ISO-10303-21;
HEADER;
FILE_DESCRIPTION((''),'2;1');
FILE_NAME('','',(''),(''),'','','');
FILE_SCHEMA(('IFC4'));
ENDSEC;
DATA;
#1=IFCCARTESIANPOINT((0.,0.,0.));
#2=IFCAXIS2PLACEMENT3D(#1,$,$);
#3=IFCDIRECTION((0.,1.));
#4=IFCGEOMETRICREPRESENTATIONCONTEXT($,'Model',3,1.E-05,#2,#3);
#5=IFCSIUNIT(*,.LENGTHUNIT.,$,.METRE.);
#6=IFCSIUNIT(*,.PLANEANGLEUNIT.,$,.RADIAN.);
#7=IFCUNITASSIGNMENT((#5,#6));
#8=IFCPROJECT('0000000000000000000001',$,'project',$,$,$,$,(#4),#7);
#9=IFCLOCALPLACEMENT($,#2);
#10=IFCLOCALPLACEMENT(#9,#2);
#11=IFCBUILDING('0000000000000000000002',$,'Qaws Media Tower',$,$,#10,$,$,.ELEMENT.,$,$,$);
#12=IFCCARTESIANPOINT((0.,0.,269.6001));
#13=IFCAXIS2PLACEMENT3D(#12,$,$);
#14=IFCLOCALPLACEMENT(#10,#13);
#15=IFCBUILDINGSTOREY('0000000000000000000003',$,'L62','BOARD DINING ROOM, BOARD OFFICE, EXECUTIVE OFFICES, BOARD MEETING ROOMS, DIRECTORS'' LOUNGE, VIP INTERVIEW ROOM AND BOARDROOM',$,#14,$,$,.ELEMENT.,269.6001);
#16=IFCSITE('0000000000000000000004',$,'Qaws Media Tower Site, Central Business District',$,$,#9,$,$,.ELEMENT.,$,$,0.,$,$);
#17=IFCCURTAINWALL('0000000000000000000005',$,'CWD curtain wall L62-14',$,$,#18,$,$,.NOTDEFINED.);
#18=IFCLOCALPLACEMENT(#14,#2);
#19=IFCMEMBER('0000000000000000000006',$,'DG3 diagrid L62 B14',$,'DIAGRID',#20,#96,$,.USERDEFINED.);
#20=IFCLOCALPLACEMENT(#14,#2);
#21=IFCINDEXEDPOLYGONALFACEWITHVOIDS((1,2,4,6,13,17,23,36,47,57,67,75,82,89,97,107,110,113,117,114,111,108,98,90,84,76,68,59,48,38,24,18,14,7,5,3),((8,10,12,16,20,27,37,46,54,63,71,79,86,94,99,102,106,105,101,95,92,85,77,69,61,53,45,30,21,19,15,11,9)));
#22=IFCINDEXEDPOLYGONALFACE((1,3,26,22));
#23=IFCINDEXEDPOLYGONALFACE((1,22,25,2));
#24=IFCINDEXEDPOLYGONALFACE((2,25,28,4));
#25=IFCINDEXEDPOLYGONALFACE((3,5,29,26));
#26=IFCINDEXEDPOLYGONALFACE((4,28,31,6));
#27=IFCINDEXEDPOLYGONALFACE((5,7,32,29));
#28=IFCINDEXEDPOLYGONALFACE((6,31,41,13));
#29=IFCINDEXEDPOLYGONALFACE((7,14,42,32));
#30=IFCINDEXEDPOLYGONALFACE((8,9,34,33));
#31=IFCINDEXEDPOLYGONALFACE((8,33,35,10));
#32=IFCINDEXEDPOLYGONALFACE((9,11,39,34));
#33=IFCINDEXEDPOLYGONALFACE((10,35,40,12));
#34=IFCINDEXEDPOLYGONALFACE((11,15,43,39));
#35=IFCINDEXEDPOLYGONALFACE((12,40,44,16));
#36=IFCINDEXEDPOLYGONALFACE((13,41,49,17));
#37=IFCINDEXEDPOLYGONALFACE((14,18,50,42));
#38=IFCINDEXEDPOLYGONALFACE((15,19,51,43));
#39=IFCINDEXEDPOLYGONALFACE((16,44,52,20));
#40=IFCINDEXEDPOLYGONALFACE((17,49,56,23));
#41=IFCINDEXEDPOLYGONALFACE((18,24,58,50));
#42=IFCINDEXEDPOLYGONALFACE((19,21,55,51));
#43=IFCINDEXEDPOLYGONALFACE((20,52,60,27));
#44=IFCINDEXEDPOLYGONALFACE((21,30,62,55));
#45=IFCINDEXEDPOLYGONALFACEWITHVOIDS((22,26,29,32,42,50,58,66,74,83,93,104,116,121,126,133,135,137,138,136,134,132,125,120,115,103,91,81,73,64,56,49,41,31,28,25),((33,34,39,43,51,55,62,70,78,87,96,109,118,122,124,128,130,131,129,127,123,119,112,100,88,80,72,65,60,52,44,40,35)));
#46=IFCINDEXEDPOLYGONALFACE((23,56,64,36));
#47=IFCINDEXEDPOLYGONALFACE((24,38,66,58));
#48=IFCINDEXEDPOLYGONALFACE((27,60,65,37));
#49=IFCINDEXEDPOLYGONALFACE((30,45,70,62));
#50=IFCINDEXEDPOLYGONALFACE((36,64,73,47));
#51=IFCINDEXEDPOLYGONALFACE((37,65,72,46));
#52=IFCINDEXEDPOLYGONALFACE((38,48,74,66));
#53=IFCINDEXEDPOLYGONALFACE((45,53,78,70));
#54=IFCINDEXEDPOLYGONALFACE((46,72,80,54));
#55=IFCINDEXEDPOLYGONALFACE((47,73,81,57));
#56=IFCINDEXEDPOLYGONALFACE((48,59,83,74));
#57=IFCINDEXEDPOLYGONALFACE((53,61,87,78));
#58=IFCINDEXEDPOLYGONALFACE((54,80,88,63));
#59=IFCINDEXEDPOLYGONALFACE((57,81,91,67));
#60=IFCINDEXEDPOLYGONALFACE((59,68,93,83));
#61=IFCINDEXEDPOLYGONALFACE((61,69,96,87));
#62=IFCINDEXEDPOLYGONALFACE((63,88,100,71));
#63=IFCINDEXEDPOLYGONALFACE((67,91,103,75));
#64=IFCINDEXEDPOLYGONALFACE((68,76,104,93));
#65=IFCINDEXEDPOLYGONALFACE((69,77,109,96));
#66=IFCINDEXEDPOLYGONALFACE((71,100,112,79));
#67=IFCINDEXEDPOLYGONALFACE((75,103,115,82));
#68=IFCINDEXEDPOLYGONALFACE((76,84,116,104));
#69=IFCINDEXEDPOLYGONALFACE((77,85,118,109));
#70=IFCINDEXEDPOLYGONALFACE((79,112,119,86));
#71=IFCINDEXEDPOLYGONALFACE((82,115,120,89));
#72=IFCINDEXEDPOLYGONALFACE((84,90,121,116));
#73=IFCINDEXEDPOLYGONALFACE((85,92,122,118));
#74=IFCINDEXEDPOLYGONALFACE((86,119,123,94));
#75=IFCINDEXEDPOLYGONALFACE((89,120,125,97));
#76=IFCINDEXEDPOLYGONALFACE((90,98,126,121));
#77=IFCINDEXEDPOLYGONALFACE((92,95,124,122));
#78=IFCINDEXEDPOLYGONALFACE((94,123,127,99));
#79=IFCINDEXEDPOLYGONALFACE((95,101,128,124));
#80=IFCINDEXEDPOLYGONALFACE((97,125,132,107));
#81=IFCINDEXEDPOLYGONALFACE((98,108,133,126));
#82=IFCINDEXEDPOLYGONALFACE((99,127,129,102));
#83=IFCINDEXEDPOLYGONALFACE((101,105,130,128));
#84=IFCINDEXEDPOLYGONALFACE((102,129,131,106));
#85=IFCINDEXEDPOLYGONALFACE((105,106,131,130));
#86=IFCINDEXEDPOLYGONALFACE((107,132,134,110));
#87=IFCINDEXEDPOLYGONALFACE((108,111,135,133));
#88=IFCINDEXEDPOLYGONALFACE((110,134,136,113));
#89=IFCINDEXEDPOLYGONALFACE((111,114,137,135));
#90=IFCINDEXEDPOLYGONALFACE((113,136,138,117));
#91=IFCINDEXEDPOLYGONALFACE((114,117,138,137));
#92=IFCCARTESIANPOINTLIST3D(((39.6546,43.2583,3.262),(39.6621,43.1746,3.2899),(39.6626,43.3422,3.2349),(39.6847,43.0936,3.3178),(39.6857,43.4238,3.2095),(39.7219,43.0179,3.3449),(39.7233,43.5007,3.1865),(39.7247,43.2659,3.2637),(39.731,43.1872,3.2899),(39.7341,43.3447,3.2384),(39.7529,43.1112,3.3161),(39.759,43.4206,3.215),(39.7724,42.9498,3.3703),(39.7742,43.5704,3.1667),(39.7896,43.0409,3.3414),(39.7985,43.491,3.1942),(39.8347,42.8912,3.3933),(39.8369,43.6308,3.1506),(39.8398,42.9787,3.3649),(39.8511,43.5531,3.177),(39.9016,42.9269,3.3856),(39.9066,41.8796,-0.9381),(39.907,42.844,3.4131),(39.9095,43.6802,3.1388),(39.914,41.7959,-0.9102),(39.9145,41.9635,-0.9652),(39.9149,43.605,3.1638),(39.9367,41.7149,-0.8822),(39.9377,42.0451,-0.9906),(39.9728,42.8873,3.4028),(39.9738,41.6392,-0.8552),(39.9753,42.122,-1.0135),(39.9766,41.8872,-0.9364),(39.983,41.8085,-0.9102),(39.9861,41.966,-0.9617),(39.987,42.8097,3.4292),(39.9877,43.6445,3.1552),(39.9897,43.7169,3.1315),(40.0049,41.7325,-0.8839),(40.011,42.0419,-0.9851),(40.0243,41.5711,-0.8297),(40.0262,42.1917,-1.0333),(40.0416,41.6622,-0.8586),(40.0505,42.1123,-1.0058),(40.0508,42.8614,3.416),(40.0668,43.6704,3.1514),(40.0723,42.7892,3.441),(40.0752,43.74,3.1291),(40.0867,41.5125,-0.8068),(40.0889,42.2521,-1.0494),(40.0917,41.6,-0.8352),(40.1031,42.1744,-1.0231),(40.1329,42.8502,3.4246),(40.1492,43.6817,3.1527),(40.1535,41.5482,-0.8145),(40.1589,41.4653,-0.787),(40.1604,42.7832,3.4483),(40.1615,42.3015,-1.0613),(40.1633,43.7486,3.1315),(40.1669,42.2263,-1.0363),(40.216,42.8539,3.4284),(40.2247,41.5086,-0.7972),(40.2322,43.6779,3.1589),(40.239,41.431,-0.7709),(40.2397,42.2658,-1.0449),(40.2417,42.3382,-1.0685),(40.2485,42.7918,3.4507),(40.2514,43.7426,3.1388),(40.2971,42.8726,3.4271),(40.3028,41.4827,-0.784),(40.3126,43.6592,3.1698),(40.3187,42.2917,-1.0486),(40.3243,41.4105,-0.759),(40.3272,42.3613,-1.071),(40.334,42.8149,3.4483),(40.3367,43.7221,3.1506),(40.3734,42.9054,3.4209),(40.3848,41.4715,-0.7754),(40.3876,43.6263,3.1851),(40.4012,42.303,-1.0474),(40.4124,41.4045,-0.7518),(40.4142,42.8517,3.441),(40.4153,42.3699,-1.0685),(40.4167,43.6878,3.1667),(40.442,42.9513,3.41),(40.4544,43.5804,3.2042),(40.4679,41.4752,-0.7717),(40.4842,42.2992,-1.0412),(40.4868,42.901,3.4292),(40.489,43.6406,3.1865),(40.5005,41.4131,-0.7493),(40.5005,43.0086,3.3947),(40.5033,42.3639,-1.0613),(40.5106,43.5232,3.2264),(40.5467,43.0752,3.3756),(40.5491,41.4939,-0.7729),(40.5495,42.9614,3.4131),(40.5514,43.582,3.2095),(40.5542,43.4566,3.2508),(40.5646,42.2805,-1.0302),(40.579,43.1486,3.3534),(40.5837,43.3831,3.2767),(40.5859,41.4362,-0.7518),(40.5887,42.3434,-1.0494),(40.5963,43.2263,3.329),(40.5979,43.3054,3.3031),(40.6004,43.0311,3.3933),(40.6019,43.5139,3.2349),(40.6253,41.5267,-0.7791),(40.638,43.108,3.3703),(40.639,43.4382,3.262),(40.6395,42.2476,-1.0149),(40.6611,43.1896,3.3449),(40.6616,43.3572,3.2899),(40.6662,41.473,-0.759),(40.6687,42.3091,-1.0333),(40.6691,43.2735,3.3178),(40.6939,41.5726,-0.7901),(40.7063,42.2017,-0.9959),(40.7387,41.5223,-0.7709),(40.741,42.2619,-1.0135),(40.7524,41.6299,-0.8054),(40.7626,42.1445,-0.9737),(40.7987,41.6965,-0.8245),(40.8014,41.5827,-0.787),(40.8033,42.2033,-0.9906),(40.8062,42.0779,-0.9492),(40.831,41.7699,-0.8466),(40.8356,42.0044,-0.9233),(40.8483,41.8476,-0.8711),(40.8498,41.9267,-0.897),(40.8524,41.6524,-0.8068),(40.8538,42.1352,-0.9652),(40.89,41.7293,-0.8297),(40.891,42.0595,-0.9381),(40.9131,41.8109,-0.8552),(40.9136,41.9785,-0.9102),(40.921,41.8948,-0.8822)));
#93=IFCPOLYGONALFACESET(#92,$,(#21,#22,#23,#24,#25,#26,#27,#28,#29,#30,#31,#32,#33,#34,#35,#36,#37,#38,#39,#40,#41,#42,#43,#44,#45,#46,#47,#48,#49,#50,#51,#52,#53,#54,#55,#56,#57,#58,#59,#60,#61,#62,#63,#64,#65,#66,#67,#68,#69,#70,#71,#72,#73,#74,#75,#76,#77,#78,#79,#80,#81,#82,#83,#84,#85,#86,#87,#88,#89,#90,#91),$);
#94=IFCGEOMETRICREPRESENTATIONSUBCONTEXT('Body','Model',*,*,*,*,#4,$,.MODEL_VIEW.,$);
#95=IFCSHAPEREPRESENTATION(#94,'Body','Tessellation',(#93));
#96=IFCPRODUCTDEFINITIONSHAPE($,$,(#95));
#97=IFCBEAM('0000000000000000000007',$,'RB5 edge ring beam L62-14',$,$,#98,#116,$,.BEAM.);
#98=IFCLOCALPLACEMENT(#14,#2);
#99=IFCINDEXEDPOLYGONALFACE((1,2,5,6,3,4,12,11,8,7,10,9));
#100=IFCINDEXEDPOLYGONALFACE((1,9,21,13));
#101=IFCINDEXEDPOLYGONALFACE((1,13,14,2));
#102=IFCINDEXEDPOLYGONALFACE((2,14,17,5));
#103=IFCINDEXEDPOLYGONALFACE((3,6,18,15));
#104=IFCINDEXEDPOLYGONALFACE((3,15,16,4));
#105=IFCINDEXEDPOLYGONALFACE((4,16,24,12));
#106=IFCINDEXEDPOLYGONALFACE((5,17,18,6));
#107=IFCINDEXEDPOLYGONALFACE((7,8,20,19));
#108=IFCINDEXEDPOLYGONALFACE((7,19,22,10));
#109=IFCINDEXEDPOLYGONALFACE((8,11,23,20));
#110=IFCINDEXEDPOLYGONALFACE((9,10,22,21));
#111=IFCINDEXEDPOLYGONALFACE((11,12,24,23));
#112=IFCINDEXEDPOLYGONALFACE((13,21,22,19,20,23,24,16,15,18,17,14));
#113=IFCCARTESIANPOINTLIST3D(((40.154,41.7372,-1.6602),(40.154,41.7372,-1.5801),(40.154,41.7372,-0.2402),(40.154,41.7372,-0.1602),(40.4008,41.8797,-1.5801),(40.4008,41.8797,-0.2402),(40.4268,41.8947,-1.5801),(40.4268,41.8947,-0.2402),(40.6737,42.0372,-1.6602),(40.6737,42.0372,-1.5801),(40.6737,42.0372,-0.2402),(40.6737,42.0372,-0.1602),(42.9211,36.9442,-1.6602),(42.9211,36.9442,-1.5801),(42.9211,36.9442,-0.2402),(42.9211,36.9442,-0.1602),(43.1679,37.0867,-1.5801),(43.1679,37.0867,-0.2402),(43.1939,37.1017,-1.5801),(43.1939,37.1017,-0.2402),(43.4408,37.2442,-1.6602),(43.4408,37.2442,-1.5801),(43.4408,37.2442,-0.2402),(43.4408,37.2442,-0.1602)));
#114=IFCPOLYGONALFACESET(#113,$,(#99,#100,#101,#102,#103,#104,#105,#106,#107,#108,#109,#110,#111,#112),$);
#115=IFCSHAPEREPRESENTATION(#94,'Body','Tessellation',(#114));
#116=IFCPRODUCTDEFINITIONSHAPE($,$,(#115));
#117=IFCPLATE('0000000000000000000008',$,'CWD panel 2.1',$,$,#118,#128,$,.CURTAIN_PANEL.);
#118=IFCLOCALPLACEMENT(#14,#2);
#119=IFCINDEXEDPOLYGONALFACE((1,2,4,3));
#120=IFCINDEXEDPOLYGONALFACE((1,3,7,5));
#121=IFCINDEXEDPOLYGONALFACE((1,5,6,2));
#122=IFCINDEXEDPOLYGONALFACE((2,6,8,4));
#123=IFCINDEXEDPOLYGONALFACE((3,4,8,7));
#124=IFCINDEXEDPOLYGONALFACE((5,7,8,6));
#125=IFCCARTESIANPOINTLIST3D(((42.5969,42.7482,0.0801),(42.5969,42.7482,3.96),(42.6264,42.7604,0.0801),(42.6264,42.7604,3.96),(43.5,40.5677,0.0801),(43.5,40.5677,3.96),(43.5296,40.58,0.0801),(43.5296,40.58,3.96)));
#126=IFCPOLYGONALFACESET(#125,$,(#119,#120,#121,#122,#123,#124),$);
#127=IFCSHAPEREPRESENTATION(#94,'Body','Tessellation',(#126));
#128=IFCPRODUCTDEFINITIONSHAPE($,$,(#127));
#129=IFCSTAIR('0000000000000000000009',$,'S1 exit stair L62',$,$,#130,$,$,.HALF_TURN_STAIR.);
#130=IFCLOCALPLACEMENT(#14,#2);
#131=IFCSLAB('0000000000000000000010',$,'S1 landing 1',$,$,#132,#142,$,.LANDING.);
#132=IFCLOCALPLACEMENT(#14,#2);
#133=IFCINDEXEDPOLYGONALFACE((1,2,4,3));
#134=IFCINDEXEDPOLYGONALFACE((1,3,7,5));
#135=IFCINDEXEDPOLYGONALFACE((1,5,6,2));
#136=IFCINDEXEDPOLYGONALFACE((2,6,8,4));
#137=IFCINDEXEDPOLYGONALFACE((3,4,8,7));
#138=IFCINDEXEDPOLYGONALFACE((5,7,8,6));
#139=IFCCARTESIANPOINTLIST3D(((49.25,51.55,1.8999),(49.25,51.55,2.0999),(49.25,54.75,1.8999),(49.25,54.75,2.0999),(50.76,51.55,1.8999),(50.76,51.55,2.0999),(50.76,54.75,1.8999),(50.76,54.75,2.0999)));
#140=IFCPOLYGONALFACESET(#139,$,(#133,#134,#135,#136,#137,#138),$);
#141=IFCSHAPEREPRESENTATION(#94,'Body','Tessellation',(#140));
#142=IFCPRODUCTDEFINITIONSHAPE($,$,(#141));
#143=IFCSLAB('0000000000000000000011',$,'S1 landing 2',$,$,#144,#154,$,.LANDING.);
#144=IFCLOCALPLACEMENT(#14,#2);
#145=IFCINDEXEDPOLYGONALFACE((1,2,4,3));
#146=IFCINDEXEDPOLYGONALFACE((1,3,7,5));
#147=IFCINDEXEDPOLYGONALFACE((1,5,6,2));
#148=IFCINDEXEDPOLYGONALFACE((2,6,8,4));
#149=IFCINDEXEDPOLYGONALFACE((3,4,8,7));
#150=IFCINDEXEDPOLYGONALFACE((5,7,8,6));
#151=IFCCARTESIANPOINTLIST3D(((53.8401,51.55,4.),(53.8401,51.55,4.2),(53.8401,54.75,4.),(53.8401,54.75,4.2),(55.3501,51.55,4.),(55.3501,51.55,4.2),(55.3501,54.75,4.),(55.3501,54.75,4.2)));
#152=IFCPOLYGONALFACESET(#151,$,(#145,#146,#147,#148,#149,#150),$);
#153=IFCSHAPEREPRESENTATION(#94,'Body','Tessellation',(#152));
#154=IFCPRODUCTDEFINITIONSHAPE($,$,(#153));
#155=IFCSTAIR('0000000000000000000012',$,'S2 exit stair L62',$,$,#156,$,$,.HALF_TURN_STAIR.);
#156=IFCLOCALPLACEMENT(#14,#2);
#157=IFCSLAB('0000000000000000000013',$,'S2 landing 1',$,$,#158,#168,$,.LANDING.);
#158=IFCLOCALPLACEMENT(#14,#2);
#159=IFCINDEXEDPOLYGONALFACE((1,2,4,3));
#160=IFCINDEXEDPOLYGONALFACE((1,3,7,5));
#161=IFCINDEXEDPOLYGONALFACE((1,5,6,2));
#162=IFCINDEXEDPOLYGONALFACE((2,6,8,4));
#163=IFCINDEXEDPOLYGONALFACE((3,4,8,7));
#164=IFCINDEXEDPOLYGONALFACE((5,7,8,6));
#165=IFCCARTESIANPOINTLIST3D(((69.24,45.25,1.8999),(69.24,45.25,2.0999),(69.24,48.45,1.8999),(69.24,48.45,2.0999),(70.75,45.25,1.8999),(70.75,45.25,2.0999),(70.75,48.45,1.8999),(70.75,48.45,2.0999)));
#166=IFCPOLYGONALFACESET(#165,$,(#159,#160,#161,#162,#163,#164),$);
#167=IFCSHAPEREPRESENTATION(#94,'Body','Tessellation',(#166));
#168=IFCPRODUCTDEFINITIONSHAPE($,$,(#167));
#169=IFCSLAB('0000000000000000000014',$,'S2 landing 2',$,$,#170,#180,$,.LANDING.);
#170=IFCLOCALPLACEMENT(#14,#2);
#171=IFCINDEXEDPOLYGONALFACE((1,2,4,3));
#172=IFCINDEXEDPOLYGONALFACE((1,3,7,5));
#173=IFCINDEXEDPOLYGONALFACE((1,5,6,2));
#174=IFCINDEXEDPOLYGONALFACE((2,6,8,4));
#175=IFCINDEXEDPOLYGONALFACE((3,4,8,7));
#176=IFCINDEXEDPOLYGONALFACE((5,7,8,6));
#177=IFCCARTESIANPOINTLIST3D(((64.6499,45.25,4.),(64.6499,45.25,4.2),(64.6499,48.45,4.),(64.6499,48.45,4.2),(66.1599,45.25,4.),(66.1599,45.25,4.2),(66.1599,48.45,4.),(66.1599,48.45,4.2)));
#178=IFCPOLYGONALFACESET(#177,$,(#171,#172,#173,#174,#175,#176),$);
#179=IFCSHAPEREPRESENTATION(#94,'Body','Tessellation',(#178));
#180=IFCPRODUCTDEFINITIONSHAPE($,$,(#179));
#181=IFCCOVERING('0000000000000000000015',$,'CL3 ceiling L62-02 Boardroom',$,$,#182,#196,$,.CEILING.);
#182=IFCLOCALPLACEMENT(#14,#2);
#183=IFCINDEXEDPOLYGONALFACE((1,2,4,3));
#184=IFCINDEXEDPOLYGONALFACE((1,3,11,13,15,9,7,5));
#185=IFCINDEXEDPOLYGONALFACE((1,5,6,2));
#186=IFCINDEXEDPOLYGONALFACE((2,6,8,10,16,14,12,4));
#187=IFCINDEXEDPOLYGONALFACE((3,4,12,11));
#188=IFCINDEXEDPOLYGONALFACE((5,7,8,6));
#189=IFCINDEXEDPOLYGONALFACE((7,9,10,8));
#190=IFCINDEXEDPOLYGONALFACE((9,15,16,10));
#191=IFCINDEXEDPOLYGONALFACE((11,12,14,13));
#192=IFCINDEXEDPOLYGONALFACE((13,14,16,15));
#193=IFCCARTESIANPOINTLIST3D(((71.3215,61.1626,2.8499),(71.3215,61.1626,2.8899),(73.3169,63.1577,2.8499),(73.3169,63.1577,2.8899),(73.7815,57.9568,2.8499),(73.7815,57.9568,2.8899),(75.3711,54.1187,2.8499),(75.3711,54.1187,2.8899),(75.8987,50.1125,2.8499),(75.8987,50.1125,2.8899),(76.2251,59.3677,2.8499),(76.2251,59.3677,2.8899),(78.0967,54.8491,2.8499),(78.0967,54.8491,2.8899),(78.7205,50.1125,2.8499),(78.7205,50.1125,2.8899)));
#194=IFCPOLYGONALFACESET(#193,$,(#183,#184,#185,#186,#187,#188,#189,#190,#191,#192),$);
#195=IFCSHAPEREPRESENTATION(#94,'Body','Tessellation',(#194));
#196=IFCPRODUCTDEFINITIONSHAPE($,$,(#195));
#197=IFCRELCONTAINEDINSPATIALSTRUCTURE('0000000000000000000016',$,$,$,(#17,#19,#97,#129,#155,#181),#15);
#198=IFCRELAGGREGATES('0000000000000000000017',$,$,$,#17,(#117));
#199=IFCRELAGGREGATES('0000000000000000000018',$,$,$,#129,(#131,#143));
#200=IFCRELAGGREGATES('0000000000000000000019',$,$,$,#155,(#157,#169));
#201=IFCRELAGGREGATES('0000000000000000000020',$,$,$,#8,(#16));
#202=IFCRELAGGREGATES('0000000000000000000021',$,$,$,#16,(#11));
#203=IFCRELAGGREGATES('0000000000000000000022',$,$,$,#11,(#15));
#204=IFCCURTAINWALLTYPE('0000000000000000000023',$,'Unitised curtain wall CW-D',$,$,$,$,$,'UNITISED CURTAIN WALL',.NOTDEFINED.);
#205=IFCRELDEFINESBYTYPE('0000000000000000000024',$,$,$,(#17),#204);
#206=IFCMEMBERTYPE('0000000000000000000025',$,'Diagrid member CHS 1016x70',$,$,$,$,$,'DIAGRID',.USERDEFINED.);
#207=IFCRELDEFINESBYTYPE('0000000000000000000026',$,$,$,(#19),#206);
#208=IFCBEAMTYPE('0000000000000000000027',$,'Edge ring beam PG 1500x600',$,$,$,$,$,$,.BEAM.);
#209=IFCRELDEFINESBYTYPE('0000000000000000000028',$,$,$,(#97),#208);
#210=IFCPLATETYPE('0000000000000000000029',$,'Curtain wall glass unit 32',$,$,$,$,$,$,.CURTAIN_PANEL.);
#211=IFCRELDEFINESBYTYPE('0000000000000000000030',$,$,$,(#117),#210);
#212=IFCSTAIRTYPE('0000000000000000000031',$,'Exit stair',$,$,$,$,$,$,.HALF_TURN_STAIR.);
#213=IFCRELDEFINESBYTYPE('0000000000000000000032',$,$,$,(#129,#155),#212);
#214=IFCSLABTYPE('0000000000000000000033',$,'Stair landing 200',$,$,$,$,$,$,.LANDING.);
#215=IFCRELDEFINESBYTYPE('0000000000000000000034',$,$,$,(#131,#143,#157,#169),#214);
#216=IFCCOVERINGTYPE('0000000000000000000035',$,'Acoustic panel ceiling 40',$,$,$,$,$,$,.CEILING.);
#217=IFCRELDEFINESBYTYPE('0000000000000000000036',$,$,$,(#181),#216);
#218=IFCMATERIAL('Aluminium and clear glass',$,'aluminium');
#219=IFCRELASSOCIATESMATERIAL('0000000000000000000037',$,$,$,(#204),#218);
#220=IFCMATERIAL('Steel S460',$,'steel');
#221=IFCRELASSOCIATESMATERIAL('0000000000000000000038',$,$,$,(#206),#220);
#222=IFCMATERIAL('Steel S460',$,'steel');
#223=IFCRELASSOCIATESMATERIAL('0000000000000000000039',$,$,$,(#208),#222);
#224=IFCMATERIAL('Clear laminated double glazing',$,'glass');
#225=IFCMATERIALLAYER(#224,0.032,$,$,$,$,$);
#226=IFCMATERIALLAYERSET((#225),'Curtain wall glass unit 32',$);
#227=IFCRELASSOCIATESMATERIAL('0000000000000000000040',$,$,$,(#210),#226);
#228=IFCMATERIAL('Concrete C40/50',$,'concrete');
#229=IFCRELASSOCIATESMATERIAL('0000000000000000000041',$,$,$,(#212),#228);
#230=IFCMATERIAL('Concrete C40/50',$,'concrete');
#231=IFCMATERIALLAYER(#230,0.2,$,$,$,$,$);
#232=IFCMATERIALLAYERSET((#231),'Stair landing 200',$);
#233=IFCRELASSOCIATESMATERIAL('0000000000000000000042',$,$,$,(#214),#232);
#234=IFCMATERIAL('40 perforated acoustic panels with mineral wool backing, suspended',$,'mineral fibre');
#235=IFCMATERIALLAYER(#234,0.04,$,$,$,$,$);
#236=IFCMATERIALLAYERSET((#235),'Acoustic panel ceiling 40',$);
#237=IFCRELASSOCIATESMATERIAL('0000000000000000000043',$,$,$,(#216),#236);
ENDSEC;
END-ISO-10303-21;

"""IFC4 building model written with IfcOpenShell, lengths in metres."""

from ifc_helpers import new_model, si_unit, direction, frame, origin, origin_2d, place, context, subcontext, project, spatial, polyline, rectangle, hollow_circle, i_section, outline, extrude, material, layer, layer_set, material_profile, profile_set, type_object, element, aggregate, save


model = new_model("IFC4")

# Units and contexts
model_context = context("Model", 3, precision=1e-05, world=origin(), true_north=direction((0.0, 1.0)))
body_context = subcontext(model_context, "Body", "Model", "MODEL_VIEW")
ifc_project = project(units=[si_unit("LENGTHUNIT", "METRE"), si_unit("PLANEANGLEUNIT", "RADIAN")], contexts=[model_context])

# Site, building, storey
site_placement = place(None, origin())
site = spatial("IfcSite", under=ifc_project, at=site_placement, Name="Qaws Media Tower Site, Central Business District", CompositionType="ELEMENT", RefElevation=0.0)
building_placement = place(site_placement, origin())
building = spatial("IfcBuilding", under=site, at=building_placement, Name="Qaws Media Tower", CompositionType="ELEMENT")
storey_placement = place(building_placement, frame((0.0, 0.0, 269.6001)))
storey = spatial("IfcBuildingStorey", under=building, at=storey_placement, Name="L62", Description="BOARD DINING ROOM, BOARD OFFICE, EXECUTIVE OFFICES, BOARD MEETING ROOMS, DIRECTORS' LOUNGE, VIP INTERVIEW ROOM AND BOARDROOM", CompositionType="ELEMENT", Elevation=269.6001)

# Curtain wall
ifc_material_1 = material(Name="Aluminium and clear glass", Category="aluminium")
curtain_wall_type = type_object("IfcCurtainWallType", Name="Unitised curtain wall CW-D", ElementType="UNITISED CURTAIN WALL", PredefinedType="NOTDEFINED", material=ifc_material_1)
curtain_wall_placement = place(storey_placement, origin())
curtain_wall = element("IfcCurtainWall", 1, at=curtain_wall_placement, inside=storey, type_object=curtain_wall_type, Name="CWD curtain wall L62-14", PredefinedType="NOTDEFINED")

# Member
ifc_material_2 = material(Name="Steel S460", Category="steel")
ifc_material_profile_1 = material_profile(ifc_material_2, hollow_circle(Radius=0.5081, WallThickness=0.0701, at=origin_2d()), Name="CHS 1016x70")
ifc_profile_set_1 = profile_set([ifc_material_profile_1], Name="Steel S460")
member_type_1 = type_object("IfcMemberType", Name="Diagrid member CHS 1016x70", ElementType="DIAGRID", PredefinedType="USERDEFINED", material=ifc_profile_set_1)
for number, where, z_axis, x_axis, name in (
    (2, (40.4138, 41.8872, -0.9102), (-0.056905, 0.311378, 0.948581), (-0.983708, -0.179774, 0.0), "DG3 diagrid L62 B14"),
):
    element("IfcMember", number, at=place(storey_placement, frame(where, z_axis=z_axis, x_axis=x_axis)), inside=storey, type_object=member_type_1, Name=name, ObjectType="DIAGRID", PredefinedType="USERDEFINED", context=body_context, shape_type="SweptSolid", body=[
        extrude(hollow_circle(Radius=0.5081, WallThickness=0.0701, at=origin_2d()), origin(), (0.0, 0.0, 1.0), 4.4277),
    ])

# Beam
ifc_material_3 = material(Name="Steel S460", Category="steel")
ifc_material_profile_2 = material_profile(ifc_material_3, i_section(OverallWidth=0.6001, OverallDepth=1.5, WebThickness=0.03, FlangeThickness=0.0801, at=origin_2d()), Name="PG 1500x600")
ifc_profile_set_2 = profile_set([ifc_material_profile_2], Name="Steel S460")
beam_type = type_object("IfcBeamType", Name="Edge ring beam PG 1500x600", PredefinedType="BEAM", material=ifc_profile_set_2)
beam_placement = place(storey_placement, frame((40.4138, 41.8872, -0.9102), z_axis=(0.499982, -0.866036, 0.0), x_axis=(0.866036, 0.499982, 0.0)))
element("IfcBeam", 3, at=beam_placement, inside=storey, type_object=beam_type, Name="RB5 edge ring beam L62-14", PredefinedType="BEAM", context=body_context, shape_type="SweptSolid", body=[
    extrude(i_section(OverallWidth=0.6001, OverallDepth=1.5, WebThickness=0.03, FlangeThickness=0.0801, at=origin_2d()), origin(), (0.0, 0.0, 1.0), 5.5344),
])

# Plate
ifc_material_4 = material(Name="Clear laminated double glazing", Category="glass")
ifc_layer_1 = layer(ifc_material_4, 0.032)
ifc_layer_set_1 = layer_set([ifc_layer_1], Name="Curtain wall glass unit 32")
plate_type = type_object("IfcPlateType", Name="Curtain wall glass unit 32", PredefinedType="CURTAIN_PANEL", material=ifc_layer_set_1)
plate_placement = place(storey_placement, frame((43.0632, 41.6641, 0.0801), z_axis=(0.0, 0.0, 1.0), x_axis=(0.382683, -0.92388, 0.0)))
plate = element("IfcPlate", 4, at=plate_placement, type_object=plate_type, Name="CWD panel 2.1", PredefinedType="CURTAIN_PANEL", context=body_context, shape_type="SweptSolid", body=[
    extrude(rectangle(XDim=2.3601, YDim=0.032, at=origin_2d()), origin(), (0.0, 0.0, 1.0), 3.8799),
])
aggregate(curtain_wall, [plate])

# Stairs, slabs
ifc_material_5 = material(Name="Concrete C40/50", Category="concrete")
stair_type = type_object("IfcStairType", Name="Exit stair", PredefinedType="HALF_TURN_STAIR", material=ifc_material_5)
stair_1_placement = place(storey_placement, origin())
stair_1 = element("IfcStair", 5, at=stair_1_placement, inside=storey, type_object=stair_type, Name="S1 exit stair L62", PredefinedType="HALF_TURN_STAIR")
ifc_material_6 = material(Name="Concrete C40/50", Category="concrete")
ifc_layer_2 = layer(ifc_material_6, 0.2)
ifc_layer_set_2 = layer_set([ifc_layer_2], Name="Stair landing 200")
slab_type = type_object("IfcSlabType", Name="Stair landing 200", PredefinedType="LANDING", material=ifc_layer_set_2)
slab_1_placement = place(storey_placement, frame((0.0, 0.0, 1.8999)))
slab_1 = element("IfcSlab", 6, at=slab_1_placement, type_object=slab_type, Name="S1 landing 1", PredefinedType="LANDING", context=body_context, shape_type="SweptSolid", body=[
    extrude(outline(polyline([(49.25, 51.55), (50.76, 51.55), (50.76, 54.75), (49.25, 54.75), (49.25, 51.55)])), origin(), (0.0, 0.0, 1.0), 0.2),
])
slab_2_placement = place(storey_placement, frame((0.0, 0.0, 4.0)))
slab_2 = element("IfcSlab", 7, at=slab_2_placement, type_object=slab_type, Name="S1 landing 2", PredefinedType="LANDING", context=body_context, shape_type="SweptSolid", body=[
    extrude(outline(polyline([(53.8401, 51.55), (55.3501, 51.55), (55.3501, 54.75), (53.8401, 54.75), (53.8401, 51.55)])), origin(), (0.0, 0.0, 1.0), 0.2),
])
aggregate(stair_1, [slab_1, slab_2])
stair_2_placement = place(storey_placement, origin())
stair_2 = element("IfcStair", 8, at=stair_2_placement, inside=storey, type_object=stair_type, Name="S2 exit stair L62", PredefinedType="HALF_TURN_STAIR")
slab_3_placement = place(storey_placement, frame((0.0, 0.0, 1.8999)))
slab_3 = element("IfcSlab", 9, at=slab_3_placement, type_object=slab_type, Name="S2 landing 1", PredefinedType="LANDING", context=body_context, shape_type="SweptSolid", body=[
    extrude(outline(polyline([(69.24, 45.25), (70.75, 45.25), (70.75, 48.45), (69.24, 48.45), (69.24, 45.25)])), origin(), (0.0, 0.0, 1.0), 0.2),
])
slab_4_placement = place(storey_placement, frame((0.0, 0.0, 4.0)))
slab_4 = element("IfcSlab", 10, at=slab_4_placement, type_object=slab_type, Name="S2 landing 2", PredefinedType="LANDING", context=body_context, shape_type="SweptSolid", body=[
    extrude(outline(polyline([(64.6499, 45.25), (66.1599, 45.25), (66.1599, 48.45), (64.6499, 48.45), (64.6499, 45.25)])), origin(), (0.0, 0.0, 1.0), 0.2),
])
aggregate(stair_2, [slab_3, slab_4])

# Covering
ifc_material_7 = material(Name="40 perforated acoustic panels with mineral wool backing, suspended", Category="mineral fibre")
ifc_layer_3 = layer(ifc_material_7, 0.04)
ifc_layer_set_3 = layer_set([ifc_layer_3], Name="Acoustic panel ceiling 40")
covering_type_1 = type_object("IfcCoveringType", Name="Acoustic panel ceiling 40", PredefinedType="CEILING", material=ifc_layer_set_3)
covering_1_placement = place(storey_placement, frame((0.0, 0.0, 2.8499)))
element("IfcCovering", 11, at=covering_1_placement, inside=storey, type_object=covering_type_1, Name="CL3 ceiling L62-02 Boardroom", PredefinedType="CEILING", context=body_context, shape_type="SweptSolid", body=[
    extrude(outline(polyline([(76.2251, 59.3677), (78.0967, 54.8491), (78.7205, 50.1125), (75.8987, 50.1125), (75.3711, 54.1187), (73.7815, 57.9568), (71.3215, 61.1626), (73.3169, 63.1577), (76.2251, 59.3677)])), origin(), (0.0, 0.0, 1.0), 0.04),
])

save(model, "model.ifc")
